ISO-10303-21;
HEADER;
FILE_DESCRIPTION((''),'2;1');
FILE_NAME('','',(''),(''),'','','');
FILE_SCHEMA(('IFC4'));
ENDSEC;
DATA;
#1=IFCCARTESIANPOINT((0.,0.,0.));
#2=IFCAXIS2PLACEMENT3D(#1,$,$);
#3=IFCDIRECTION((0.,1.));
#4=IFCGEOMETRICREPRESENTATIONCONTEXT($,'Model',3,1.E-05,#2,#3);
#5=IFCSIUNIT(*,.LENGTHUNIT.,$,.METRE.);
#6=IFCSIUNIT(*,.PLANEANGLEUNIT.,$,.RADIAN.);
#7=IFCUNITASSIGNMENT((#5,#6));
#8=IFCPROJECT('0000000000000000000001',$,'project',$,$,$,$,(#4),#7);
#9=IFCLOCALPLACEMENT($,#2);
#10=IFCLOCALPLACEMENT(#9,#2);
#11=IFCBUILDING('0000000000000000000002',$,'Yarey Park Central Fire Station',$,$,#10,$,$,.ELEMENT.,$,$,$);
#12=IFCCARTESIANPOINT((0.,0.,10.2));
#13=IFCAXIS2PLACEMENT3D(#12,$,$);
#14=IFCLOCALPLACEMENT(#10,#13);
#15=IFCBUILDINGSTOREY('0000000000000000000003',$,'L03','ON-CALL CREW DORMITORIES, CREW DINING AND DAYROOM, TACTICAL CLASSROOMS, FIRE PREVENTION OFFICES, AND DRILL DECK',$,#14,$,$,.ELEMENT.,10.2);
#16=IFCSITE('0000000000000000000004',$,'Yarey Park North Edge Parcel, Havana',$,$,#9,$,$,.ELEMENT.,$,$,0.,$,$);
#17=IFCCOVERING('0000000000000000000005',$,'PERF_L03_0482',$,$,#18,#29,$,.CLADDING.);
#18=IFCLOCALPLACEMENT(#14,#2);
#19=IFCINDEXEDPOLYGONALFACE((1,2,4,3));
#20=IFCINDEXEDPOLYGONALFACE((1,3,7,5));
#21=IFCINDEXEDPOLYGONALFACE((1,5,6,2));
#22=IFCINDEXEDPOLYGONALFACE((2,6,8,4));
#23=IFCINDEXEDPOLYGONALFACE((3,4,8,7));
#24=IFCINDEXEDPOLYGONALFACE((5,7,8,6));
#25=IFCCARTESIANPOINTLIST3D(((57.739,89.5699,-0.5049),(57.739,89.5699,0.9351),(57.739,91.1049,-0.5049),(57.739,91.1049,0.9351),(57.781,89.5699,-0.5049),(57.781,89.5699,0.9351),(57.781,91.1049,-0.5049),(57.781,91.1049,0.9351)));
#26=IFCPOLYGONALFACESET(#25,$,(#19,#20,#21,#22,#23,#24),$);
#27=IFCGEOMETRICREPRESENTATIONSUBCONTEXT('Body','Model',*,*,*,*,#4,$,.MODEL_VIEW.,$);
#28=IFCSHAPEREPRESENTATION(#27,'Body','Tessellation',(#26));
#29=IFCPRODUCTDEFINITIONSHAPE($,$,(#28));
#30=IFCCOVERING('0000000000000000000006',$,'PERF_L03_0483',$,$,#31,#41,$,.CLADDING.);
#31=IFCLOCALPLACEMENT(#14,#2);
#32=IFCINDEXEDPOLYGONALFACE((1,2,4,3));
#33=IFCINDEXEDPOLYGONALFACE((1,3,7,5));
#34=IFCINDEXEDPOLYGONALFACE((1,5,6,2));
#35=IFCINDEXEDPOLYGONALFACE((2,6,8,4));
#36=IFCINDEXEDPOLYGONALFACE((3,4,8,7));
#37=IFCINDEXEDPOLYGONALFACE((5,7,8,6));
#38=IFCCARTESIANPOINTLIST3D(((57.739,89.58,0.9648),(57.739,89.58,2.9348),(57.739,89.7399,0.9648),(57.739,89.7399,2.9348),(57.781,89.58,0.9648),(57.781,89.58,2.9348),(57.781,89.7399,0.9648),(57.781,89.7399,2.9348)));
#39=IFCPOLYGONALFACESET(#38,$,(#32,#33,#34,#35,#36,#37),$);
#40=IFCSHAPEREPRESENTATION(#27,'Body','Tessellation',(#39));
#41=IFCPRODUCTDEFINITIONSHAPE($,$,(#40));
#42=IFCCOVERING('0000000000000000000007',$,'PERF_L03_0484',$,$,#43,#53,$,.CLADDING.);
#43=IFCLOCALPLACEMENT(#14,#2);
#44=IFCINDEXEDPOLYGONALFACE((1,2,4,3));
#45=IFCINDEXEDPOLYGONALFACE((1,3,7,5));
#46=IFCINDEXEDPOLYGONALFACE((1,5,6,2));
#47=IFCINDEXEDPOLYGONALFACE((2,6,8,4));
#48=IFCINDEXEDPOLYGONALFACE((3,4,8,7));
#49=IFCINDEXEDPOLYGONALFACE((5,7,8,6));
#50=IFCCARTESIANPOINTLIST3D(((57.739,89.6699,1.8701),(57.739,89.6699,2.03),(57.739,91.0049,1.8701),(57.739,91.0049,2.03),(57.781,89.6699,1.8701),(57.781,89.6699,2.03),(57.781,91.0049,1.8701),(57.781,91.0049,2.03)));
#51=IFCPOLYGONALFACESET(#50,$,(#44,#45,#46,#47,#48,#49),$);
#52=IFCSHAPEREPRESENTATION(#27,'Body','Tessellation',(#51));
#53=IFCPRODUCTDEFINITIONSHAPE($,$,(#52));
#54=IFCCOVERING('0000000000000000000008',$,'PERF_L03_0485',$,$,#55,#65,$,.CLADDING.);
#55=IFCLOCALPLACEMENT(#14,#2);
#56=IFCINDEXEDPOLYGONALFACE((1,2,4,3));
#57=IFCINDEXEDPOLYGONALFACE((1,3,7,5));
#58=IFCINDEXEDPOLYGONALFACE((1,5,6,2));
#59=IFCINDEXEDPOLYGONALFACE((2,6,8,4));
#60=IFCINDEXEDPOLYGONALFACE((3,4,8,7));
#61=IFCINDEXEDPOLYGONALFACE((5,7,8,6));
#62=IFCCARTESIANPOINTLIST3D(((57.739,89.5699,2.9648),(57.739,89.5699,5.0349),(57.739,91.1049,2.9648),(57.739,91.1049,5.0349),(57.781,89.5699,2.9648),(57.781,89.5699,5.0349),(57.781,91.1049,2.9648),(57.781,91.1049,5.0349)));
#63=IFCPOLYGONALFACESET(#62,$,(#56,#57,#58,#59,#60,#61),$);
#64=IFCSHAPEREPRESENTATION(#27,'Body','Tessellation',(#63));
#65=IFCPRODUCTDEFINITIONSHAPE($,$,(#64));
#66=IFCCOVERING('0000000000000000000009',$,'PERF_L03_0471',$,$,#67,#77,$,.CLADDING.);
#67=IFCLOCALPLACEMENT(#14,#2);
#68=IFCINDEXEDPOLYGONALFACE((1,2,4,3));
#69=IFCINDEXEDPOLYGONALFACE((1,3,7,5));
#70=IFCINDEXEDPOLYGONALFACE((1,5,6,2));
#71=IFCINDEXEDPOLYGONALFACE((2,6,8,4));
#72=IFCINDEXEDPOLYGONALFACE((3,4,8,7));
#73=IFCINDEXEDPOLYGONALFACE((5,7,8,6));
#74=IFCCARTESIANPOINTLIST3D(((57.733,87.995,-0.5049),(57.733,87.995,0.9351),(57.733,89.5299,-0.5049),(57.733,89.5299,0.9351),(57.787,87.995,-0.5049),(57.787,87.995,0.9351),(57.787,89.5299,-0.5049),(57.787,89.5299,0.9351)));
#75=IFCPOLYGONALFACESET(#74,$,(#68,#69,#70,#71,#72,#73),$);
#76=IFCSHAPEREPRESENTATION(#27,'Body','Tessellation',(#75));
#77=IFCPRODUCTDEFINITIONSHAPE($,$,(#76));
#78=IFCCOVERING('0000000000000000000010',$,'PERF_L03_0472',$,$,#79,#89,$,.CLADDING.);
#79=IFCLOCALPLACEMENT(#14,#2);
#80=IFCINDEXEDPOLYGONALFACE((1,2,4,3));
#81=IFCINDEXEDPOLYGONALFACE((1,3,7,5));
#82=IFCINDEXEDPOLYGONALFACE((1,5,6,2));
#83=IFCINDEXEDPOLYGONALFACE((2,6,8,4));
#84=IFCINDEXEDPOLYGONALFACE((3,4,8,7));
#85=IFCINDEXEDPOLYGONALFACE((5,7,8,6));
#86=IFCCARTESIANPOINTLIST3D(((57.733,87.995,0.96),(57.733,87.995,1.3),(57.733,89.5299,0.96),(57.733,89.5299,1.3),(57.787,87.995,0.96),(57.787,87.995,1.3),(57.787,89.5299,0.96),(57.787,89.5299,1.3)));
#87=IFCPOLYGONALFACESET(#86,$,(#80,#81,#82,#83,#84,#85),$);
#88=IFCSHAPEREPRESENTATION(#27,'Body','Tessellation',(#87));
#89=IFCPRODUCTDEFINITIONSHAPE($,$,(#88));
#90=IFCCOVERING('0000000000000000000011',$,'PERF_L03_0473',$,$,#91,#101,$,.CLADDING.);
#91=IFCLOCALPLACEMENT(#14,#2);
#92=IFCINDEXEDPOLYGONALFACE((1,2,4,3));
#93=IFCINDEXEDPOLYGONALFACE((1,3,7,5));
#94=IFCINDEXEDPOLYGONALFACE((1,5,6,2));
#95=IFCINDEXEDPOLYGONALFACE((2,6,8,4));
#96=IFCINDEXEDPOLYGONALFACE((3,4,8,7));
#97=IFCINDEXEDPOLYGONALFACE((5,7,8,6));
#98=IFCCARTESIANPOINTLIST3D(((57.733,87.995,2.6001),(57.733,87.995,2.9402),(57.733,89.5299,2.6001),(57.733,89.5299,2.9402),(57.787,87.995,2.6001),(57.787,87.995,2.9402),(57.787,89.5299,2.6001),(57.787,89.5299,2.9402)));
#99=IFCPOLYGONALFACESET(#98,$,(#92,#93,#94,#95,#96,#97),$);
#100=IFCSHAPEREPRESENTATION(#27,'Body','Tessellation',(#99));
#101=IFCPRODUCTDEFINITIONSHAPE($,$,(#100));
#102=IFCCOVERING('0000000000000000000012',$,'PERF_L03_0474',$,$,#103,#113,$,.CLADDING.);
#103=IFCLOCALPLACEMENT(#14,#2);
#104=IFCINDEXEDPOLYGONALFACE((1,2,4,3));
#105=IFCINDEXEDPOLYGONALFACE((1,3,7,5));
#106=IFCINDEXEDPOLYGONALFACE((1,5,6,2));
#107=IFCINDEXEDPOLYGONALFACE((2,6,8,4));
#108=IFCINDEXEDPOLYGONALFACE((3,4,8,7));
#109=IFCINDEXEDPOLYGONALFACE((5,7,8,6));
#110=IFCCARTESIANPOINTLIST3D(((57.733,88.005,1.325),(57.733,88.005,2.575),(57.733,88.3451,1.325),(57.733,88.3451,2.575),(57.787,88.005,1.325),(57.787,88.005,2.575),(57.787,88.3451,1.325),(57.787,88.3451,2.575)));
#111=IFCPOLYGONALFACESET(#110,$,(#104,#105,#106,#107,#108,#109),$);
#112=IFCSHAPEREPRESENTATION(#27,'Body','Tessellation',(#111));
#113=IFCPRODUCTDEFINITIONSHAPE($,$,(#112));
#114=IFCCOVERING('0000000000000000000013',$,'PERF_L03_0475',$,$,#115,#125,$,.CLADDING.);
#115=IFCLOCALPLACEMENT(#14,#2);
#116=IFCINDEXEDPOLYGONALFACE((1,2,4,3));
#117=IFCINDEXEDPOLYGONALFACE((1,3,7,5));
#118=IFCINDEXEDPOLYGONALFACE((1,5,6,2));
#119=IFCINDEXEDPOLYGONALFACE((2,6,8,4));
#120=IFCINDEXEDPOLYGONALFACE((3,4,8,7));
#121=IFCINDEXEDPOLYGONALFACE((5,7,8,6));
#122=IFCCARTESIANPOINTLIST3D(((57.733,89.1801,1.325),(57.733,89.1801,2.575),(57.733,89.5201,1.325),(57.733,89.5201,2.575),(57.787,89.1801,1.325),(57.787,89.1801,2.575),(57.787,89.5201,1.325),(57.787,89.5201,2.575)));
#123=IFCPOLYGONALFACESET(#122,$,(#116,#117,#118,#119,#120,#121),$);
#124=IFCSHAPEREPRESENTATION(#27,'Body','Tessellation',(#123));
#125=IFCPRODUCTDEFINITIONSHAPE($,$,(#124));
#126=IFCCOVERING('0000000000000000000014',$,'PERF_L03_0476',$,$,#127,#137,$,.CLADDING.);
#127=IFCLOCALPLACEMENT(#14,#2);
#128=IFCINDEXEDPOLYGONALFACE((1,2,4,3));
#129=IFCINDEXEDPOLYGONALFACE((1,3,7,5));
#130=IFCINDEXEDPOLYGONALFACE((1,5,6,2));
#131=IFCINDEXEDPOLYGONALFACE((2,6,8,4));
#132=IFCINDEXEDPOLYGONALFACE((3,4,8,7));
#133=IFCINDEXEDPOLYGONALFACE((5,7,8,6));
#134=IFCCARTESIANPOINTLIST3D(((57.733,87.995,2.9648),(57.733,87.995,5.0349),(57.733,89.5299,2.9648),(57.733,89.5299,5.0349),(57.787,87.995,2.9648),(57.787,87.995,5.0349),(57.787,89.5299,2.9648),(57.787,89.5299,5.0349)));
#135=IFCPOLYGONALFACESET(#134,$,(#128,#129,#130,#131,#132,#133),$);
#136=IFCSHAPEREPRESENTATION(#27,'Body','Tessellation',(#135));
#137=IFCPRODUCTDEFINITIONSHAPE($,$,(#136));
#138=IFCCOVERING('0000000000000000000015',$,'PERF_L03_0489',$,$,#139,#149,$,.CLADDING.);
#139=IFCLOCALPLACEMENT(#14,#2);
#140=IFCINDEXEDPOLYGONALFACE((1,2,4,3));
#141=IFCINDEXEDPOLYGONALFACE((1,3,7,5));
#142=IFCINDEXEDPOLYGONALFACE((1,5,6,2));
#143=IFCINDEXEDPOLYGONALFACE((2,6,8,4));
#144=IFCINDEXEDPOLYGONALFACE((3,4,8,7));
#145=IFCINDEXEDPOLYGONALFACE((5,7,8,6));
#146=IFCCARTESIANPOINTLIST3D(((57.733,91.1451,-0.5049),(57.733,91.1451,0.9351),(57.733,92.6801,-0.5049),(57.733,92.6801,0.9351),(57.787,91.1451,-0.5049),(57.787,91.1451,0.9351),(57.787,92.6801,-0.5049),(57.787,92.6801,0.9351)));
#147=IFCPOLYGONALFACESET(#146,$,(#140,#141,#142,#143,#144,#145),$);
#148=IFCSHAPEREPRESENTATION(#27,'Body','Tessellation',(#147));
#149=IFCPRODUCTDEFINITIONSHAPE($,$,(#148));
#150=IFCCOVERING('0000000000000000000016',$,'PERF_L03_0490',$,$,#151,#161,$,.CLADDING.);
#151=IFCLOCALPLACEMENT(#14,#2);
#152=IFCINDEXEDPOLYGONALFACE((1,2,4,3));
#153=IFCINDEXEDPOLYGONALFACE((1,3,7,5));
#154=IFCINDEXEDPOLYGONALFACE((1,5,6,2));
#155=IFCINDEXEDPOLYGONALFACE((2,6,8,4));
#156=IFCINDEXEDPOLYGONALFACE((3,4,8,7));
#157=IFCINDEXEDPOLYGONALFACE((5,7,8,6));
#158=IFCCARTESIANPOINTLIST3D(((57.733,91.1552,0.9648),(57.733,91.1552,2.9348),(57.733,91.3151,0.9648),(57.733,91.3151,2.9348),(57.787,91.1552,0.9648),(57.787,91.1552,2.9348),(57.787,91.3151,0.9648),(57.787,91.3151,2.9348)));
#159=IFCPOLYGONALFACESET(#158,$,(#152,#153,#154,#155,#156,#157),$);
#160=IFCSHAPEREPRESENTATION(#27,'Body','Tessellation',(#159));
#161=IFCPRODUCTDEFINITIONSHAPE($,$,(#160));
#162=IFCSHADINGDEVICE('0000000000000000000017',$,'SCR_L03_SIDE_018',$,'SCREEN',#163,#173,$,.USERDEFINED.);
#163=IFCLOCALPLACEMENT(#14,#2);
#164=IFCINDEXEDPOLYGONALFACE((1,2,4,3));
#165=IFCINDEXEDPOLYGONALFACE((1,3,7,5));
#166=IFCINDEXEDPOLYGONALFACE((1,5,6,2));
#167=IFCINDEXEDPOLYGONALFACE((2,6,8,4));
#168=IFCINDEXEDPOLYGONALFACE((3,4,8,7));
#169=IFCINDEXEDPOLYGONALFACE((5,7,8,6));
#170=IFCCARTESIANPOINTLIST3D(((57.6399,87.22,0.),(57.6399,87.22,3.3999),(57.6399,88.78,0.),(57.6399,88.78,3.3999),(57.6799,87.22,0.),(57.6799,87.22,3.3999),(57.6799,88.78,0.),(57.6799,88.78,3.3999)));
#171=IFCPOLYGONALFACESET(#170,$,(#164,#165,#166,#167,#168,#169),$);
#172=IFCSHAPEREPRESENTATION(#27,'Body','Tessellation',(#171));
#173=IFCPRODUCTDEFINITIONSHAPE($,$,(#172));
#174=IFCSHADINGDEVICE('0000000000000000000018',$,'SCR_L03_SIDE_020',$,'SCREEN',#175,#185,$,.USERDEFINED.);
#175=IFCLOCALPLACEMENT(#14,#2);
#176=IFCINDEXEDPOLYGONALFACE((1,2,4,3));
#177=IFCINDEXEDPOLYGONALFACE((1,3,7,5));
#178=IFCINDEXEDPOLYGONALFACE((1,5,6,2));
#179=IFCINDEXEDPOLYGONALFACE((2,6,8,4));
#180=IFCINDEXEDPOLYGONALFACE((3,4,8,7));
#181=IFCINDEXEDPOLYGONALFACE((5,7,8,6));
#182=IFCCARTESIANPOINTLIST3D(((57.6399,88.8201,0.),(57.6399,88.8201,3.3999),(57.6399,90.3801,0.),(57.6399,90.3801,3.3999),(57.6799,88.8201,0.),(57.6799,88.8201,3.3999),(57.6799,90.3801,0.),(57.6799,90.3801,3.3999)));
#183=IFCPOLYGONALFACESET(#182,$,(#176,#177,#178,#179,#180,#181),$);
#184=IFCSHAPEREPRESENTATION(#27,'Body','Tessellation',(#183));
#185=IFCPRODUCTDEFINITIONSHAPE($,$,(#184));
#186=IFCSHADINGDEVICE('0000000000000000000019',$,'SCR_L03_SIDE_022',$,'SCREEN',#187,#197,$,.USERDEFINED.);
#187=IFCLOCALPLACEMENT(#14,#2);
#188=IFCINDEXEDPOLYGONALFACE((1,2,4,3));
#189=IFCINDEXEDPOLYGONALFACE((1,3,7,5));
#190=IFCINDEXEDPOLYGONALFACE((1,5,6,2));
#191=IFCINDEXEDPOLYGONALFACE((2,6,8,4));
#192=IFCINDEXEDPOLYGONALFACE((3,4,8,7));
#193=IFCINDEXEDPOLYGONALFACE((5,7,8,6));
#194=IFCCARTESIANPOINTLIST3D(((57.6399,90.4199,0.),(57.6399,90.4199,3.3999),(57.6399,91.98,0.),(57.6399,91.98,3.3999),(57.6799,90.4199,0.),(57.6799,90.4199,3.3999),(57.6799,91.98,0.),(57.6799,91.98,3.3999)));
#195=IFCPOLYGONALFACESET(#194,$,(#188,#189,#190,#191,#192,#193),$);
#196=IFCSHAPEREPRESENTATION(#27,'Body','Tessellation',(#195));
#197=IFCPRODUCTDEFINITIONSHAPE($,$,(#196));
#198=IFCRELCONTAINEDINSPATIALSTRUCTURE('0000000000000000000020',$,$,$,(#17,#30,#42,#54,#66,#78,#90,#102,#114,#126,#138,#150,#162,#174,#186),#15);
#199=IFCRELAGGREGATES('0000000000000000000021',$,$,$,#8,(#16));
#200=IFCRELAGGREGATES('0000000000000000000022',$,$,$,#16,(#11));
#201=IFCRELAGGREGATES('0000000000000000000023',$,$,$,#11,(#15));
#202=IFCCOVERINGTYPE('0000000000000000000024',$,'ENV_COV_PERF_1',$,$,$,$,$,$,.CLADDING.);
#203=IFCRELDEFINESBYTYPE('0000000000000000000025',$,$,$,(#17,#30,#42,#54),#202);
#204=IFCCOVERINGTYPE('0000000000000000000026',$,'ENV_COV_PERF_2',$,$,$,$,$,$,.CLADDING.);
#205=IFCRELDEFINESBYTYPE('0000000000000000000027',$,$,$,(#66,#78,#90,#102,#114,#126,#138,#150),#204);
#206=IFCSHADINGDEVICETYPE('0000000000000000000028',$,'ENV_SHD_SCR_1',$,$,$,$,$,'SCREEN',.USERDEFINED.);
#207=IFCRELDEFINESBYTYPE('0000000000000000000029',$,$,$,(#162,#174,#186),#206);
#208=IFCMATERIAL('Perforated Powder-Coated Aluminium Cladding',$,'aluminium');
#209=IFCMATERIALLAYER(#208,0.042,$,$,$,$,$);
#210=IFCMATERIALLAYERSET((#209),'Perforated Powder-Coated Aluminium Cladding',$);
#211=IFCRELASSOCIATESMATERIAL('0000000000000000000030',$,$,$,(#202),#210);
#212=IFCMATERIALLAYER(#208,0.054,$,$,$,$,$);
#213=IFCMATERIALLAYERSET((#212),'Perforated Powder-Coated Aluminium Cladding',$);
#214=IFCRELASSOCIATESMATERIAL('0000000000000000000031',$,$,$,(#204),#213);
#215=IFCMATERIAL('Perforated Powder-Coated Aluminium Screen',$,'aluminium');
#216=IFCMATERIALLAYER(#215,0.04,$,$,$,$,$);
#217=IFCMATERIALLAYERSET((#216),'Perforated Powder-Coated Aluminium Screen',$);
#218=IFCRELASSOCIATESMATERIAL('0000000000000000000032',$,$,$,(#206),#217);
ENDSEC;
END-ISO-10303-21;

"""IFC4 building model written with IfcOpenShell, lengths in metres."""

from ifc_helpers import new_model, si_unit, direction, frame, origin, origin_2d, place, context, subcontext, project, spatial, rectangle, extrude, material, layer, layer_set, type_object, element, save


model = new_model("IFC4")

# Units and contexts
model_context = context("Model", 3, precision=1e-05, world=origin(), true_north=direction((0.0, 1.0)))
body_context = subcontext(model_context, "Body", "Model", "MODEL_VIEW")
ifc_project = project(units=[si_unit("LENGTHUNIT", "METRE"), si_unit("PLANEANGLEUNIT", "RADIAN")], contexts=[model_context])

# Site, building, storey
site_placement = place(None, origin())
site = spatial("IfcSite", under=ifc_project, at=site_placement, Name="Yarey Park North Edge Parcel, Havana", CompositionType="ELEMENT", RefElevation=0.0)
building_placement = place(site_placement, origin())
building = spatial("IfcBuilding", under=site, at=building_placement, Name="Yarey Park Central Fire Station", CompositionType="ELEMENT")
storey_placement = place(building_placement, frame((0.0, 0.0, 10.2)))
storey = spatial("IfcBuildingStorey", under=building, at=storey_placement, Name="L03", Description="ON-CALL CREW DORMITORIES, CREW DINING AND DAYROOM, TACTICAL CLASSROOMS, FIRE PREVENTION OFFICES, AND DRILL DECK", CompositionType="ELEMENT", Elevation=10.2)

# Coverings
ifc_material_1 = material(Name="Perforated Powder-Coated Aluminium Cladding", Category="aluminium")
ifc_layer_1 = layer(ifc_material_1, 0.042)
ifc_layer_set_1 = layer_set([ifc_layer_1], Name="Perforated Powder-Coated Aluminium Cladding")
covering_type_1 = type_object("IfcCoveringType", Name="ENV_COV_PERF_1", PredefinedType="CLADDING", material=ifc_layer_set_1)
covering_1_placement = place(storey_placement, frame((57.76, 90.3374, -0.5049), z_axis=(0.0, 0.0, 1.0), x_axis=(0.0, 1.0, 0.0)))
element("IfcCovering", 1, at=covering_1_placement, inside=storey, type_object=covering_type_1, Name="PERF_L03_0482", PredefinedType="CLADDING", context=body_context, shape_type="SweptSolid", body=[
    extrude(rectangle(XDim=1.5349, YDim=0.042, at=origin_2d()), origin(), (0.0, 0.0, 1.0), 1.4399),
])
covering_2_placement = place(storey_placement, frame((57.76, 89.6599, 0.9648), z_axis=(0.0, 0.0, 1.0), x_axis=(0.0, 1.0, 0.0)))
element("IfcCovering", 2, at=covering_2_placement, inside=storey, type_object=covering_type_1, Name="PERF_L03_0483", PredefinedType="CLADDING", context=body_context, shape_type="SweptSolid", body=[
    extrude(rectangle(XDim=0.1599, YDim=0.042, at=origin_2d()), origin(), (0.0, 0.0, 1.0), 1.97),
])
covering_3_placement = place(storey_placement, frame((57.76, 90.3374, 1.8701), z_axis=(0.0, 0.0, 1.0), x_axis=(0.0, 1.0, 0.0)))
element("IfcCovering", 3, at=covering_3_placement, inside=storey, type_object=covering_type_1, Name="PERF_L03_0484", PredefinedType="CLADDING", context=body_context, shape_type="SweptSolid", body=[
    extrude(rectangle(XDim=1.335, YDim=0.042, at=origin_2d()), origin(), (0.0, 0.0, 1.0), 0.1599),
])
covering_4_placement = place(storey_placement, frame((57.76, 90.3374, 2.9648), z_axis=(0.0, 0.0, 1.0), x_axis=(0.0, 1.0, 0.0)))
element("IfcCovering", 4, at=covering_4_placement, inside=storey, type_object=covering_type_1, Name="PERF_L03_0485", PredefinedType="CLADDING", context=body_context, shape_type="SweptSolid", body=[
    extrude(rectangle(XDim=1.5349, YDim=0.042, at=origin_2d()), origin(), (0.0, 0.0, 1.0), 2.0701),
])
ifc_layer_2 = layer(ifc_material_1, 0.054)
ifc_layer_set_2 = layer_set([ifc_layer_2], Name="Perforated Powder-Coated Aluminium Cladding")
covering_type_2 = type_object("IfcCoveringType", Name="ENV_COV_PERF_2", PredefinedType="CLADDING", material=ifc_layer_set_2)
covering_5_placement = place(storey_placement, frame((57.76, 88.7625, -0.5049), z_axis=(0.0, 0.0, 1.0), x_axis=(0.0, 1.0, 0.0)))
element("IfcCovering", 5, at=covering_5_placement, inside=storey, type_object=covering_type_2, Name="PERF_L03_0471", PredefinedType="CLADDING", context=body_context, shape_type="SweptSolid", body=[
    extrude(rectangle(XDim=1.5349, YDim=0.054, at=origin_2d()), origin(), (0.0, 0.0, 1.0), 1.4399),
])
for number, where, z_axis, x_axis, name in (
    (6, (57.76, 88.7625, 0.96), (0.0, 0.0, 1.0), (0.0, 1.0, 0.0), "PERF_L03_0472"),
    (7, (57.76, 88.7625, 2.6001), (0.0, 0.0, 1.0), (0.0, 1.0, 0.0), "PERF_L03_0473"),
):
    element("IfcCovering", number, at=place(storey_placement, frame(where, z_axis=z_axis, x_axis=x_axis)), inside=storey, type_object=covering_type_2, Name=name, PredefinedType="CLADDING", context=body_context, shape_type="SweptSolid", body=[
        extrude(rectangle(XDim=1.5349, YDim=0.054, at=origin_2d()), origin(), (0.0, 0.0, 1.0), 0.3401),
    ])
for number, where, z_axis, x_axis, name in (
    (8, (57.76, 88.175, 1.325), (0.0, 0.0, 1.0), (0.0, 1.0, 0.0), "PERF_L03_0474"),
    (9, (57.76, 89.3501, 1.325), (0.0, 0.0, 1.0), (0.0, 1.0, 0.0), "PERF_L03_0475"),
):
    element("IfcCovering", number, at=place(storey_placement, frame(where, z_axis=z_axis, x_axis=x_axis)), inside=storey, type_object=covering_type_2, Name=name, PredefinedType="CLADDING", context=body_context, shape_type="SweptSolid", body=[
        extrude(rectangle(XDim=0.3401, YDim=0.054, at=origin_2d()), origin(), (0.0, 0.0, 1.0), 1.25),
    ])
covering_6_placement = place(storey_placement, frame((57.76, 88.7625, 2.9648), z_axis=(0.0, 0.0, 1.0), x_axis=(0.0, 1.0, 0.0)))
element("IfcCovering", 10, at=covering_6_placement, inside=storey, type_object=covering_type_2, Name="PERF_L03_0476", PredefinedType="CLADDING", context=body_context, shape_type="SweptSolid", body=[
    extrude(rectangle(XDim=1.5349, YDim=0.054, at=origin_2d()), origin(), (0.0, 0.0, 1.0), 2.0701),
])
covering_7_placement = place(storey_placement, frame((57.76, 91.9126, -0.5049), z_axis=(0.0, 0.0, 1.0), x_axis=(0.0, 1.0, 0.0)))
element("IfcCovering", 11, at=covering_7_placement, inside=storey, type_object=covering_type_2, Name="PERF_L03_0489", PredefinedType="CLADDING", context=body_context, shape_type="SweptSolid", body=[
    extrude(rectangle(XDim=1.5349, YDim=0.054, at=origin_2d()), origin(), (0.0, 0.0, 1.0), 1.4399),
])
covering_8_placement = place(storey_placement, frame((57.76, 91.2351, 0.9648), z_axis=(0.0, 0.0, 1.0), x_axis=(0.0, 1.0, 0.0)))
element("IfcCovering", 12, at=covering_8_placement, inside=storey, type_object=covering_type_2, Name="PERF_L03_0490", PredefinedType="CLADDING", context=body_context, shape_type="SweptSolid", body=[
    extrude(rectangle(XDim=0.1599, YDim=0.054, at=origin_2d()), origin(), (0.0, 0.0, 1.0), 1.97),
])

# Shading devices
ifc_material_2 = material(Name="Perforated Powder-Coated Aluminium Screen", Category="aluminium")
ifc_layer_3 = layer(ifc_material_2, 0.04)
ifc_layer_set_3 = layer_set([ifc_layer_3], Name="Perforated Powder-Coated Aluminium Screen")
shading_device_type = type_object("IfcShadingDeviceType", Name="ENV_SHD_SCR_1", ElementType="SCREEN", PredefinedType="USERDEFINED", material=ifc_layer_set_3)
for number, where, z_axis, x_axis, name in (
    (13, (57.6599, 88.0, 0.0), (0.0, 0.0, 1.0), (0.0, 1.0, 0.0), "SCR_L03_SIDE_018"),
    (14, (57.6599, 89.6001, 0.0), (0.0, 0.0, 1.0), (0.0, 1.0, 0.0), "SCR_L03_SIDE_020"),
    (15, (57.6599, 91.2, 0.0), (0.0, 0.0, 1.0), (0.0, 1.0, 0.0), "SCR_L03_SIDE_022"),
):
    element("IfcShadingDevice", number, at=place(storey_placement, frame(where, z_axis=z_axis, x_axis=x_axis)), inside=storey, type_object=shading_device_type, Name=name, ObjectType="SCREEN", PredefinedType="USERDEFINED", context=body_context, shape_type="SweptSolid", body=[
        extrude(rectangle(XDim=1.5601, YDim=0.04, at=origin_2d()), origin(), (0.0, 0.0, 1.0), 3.3999),
    ])

save(model, "model.ifc")
